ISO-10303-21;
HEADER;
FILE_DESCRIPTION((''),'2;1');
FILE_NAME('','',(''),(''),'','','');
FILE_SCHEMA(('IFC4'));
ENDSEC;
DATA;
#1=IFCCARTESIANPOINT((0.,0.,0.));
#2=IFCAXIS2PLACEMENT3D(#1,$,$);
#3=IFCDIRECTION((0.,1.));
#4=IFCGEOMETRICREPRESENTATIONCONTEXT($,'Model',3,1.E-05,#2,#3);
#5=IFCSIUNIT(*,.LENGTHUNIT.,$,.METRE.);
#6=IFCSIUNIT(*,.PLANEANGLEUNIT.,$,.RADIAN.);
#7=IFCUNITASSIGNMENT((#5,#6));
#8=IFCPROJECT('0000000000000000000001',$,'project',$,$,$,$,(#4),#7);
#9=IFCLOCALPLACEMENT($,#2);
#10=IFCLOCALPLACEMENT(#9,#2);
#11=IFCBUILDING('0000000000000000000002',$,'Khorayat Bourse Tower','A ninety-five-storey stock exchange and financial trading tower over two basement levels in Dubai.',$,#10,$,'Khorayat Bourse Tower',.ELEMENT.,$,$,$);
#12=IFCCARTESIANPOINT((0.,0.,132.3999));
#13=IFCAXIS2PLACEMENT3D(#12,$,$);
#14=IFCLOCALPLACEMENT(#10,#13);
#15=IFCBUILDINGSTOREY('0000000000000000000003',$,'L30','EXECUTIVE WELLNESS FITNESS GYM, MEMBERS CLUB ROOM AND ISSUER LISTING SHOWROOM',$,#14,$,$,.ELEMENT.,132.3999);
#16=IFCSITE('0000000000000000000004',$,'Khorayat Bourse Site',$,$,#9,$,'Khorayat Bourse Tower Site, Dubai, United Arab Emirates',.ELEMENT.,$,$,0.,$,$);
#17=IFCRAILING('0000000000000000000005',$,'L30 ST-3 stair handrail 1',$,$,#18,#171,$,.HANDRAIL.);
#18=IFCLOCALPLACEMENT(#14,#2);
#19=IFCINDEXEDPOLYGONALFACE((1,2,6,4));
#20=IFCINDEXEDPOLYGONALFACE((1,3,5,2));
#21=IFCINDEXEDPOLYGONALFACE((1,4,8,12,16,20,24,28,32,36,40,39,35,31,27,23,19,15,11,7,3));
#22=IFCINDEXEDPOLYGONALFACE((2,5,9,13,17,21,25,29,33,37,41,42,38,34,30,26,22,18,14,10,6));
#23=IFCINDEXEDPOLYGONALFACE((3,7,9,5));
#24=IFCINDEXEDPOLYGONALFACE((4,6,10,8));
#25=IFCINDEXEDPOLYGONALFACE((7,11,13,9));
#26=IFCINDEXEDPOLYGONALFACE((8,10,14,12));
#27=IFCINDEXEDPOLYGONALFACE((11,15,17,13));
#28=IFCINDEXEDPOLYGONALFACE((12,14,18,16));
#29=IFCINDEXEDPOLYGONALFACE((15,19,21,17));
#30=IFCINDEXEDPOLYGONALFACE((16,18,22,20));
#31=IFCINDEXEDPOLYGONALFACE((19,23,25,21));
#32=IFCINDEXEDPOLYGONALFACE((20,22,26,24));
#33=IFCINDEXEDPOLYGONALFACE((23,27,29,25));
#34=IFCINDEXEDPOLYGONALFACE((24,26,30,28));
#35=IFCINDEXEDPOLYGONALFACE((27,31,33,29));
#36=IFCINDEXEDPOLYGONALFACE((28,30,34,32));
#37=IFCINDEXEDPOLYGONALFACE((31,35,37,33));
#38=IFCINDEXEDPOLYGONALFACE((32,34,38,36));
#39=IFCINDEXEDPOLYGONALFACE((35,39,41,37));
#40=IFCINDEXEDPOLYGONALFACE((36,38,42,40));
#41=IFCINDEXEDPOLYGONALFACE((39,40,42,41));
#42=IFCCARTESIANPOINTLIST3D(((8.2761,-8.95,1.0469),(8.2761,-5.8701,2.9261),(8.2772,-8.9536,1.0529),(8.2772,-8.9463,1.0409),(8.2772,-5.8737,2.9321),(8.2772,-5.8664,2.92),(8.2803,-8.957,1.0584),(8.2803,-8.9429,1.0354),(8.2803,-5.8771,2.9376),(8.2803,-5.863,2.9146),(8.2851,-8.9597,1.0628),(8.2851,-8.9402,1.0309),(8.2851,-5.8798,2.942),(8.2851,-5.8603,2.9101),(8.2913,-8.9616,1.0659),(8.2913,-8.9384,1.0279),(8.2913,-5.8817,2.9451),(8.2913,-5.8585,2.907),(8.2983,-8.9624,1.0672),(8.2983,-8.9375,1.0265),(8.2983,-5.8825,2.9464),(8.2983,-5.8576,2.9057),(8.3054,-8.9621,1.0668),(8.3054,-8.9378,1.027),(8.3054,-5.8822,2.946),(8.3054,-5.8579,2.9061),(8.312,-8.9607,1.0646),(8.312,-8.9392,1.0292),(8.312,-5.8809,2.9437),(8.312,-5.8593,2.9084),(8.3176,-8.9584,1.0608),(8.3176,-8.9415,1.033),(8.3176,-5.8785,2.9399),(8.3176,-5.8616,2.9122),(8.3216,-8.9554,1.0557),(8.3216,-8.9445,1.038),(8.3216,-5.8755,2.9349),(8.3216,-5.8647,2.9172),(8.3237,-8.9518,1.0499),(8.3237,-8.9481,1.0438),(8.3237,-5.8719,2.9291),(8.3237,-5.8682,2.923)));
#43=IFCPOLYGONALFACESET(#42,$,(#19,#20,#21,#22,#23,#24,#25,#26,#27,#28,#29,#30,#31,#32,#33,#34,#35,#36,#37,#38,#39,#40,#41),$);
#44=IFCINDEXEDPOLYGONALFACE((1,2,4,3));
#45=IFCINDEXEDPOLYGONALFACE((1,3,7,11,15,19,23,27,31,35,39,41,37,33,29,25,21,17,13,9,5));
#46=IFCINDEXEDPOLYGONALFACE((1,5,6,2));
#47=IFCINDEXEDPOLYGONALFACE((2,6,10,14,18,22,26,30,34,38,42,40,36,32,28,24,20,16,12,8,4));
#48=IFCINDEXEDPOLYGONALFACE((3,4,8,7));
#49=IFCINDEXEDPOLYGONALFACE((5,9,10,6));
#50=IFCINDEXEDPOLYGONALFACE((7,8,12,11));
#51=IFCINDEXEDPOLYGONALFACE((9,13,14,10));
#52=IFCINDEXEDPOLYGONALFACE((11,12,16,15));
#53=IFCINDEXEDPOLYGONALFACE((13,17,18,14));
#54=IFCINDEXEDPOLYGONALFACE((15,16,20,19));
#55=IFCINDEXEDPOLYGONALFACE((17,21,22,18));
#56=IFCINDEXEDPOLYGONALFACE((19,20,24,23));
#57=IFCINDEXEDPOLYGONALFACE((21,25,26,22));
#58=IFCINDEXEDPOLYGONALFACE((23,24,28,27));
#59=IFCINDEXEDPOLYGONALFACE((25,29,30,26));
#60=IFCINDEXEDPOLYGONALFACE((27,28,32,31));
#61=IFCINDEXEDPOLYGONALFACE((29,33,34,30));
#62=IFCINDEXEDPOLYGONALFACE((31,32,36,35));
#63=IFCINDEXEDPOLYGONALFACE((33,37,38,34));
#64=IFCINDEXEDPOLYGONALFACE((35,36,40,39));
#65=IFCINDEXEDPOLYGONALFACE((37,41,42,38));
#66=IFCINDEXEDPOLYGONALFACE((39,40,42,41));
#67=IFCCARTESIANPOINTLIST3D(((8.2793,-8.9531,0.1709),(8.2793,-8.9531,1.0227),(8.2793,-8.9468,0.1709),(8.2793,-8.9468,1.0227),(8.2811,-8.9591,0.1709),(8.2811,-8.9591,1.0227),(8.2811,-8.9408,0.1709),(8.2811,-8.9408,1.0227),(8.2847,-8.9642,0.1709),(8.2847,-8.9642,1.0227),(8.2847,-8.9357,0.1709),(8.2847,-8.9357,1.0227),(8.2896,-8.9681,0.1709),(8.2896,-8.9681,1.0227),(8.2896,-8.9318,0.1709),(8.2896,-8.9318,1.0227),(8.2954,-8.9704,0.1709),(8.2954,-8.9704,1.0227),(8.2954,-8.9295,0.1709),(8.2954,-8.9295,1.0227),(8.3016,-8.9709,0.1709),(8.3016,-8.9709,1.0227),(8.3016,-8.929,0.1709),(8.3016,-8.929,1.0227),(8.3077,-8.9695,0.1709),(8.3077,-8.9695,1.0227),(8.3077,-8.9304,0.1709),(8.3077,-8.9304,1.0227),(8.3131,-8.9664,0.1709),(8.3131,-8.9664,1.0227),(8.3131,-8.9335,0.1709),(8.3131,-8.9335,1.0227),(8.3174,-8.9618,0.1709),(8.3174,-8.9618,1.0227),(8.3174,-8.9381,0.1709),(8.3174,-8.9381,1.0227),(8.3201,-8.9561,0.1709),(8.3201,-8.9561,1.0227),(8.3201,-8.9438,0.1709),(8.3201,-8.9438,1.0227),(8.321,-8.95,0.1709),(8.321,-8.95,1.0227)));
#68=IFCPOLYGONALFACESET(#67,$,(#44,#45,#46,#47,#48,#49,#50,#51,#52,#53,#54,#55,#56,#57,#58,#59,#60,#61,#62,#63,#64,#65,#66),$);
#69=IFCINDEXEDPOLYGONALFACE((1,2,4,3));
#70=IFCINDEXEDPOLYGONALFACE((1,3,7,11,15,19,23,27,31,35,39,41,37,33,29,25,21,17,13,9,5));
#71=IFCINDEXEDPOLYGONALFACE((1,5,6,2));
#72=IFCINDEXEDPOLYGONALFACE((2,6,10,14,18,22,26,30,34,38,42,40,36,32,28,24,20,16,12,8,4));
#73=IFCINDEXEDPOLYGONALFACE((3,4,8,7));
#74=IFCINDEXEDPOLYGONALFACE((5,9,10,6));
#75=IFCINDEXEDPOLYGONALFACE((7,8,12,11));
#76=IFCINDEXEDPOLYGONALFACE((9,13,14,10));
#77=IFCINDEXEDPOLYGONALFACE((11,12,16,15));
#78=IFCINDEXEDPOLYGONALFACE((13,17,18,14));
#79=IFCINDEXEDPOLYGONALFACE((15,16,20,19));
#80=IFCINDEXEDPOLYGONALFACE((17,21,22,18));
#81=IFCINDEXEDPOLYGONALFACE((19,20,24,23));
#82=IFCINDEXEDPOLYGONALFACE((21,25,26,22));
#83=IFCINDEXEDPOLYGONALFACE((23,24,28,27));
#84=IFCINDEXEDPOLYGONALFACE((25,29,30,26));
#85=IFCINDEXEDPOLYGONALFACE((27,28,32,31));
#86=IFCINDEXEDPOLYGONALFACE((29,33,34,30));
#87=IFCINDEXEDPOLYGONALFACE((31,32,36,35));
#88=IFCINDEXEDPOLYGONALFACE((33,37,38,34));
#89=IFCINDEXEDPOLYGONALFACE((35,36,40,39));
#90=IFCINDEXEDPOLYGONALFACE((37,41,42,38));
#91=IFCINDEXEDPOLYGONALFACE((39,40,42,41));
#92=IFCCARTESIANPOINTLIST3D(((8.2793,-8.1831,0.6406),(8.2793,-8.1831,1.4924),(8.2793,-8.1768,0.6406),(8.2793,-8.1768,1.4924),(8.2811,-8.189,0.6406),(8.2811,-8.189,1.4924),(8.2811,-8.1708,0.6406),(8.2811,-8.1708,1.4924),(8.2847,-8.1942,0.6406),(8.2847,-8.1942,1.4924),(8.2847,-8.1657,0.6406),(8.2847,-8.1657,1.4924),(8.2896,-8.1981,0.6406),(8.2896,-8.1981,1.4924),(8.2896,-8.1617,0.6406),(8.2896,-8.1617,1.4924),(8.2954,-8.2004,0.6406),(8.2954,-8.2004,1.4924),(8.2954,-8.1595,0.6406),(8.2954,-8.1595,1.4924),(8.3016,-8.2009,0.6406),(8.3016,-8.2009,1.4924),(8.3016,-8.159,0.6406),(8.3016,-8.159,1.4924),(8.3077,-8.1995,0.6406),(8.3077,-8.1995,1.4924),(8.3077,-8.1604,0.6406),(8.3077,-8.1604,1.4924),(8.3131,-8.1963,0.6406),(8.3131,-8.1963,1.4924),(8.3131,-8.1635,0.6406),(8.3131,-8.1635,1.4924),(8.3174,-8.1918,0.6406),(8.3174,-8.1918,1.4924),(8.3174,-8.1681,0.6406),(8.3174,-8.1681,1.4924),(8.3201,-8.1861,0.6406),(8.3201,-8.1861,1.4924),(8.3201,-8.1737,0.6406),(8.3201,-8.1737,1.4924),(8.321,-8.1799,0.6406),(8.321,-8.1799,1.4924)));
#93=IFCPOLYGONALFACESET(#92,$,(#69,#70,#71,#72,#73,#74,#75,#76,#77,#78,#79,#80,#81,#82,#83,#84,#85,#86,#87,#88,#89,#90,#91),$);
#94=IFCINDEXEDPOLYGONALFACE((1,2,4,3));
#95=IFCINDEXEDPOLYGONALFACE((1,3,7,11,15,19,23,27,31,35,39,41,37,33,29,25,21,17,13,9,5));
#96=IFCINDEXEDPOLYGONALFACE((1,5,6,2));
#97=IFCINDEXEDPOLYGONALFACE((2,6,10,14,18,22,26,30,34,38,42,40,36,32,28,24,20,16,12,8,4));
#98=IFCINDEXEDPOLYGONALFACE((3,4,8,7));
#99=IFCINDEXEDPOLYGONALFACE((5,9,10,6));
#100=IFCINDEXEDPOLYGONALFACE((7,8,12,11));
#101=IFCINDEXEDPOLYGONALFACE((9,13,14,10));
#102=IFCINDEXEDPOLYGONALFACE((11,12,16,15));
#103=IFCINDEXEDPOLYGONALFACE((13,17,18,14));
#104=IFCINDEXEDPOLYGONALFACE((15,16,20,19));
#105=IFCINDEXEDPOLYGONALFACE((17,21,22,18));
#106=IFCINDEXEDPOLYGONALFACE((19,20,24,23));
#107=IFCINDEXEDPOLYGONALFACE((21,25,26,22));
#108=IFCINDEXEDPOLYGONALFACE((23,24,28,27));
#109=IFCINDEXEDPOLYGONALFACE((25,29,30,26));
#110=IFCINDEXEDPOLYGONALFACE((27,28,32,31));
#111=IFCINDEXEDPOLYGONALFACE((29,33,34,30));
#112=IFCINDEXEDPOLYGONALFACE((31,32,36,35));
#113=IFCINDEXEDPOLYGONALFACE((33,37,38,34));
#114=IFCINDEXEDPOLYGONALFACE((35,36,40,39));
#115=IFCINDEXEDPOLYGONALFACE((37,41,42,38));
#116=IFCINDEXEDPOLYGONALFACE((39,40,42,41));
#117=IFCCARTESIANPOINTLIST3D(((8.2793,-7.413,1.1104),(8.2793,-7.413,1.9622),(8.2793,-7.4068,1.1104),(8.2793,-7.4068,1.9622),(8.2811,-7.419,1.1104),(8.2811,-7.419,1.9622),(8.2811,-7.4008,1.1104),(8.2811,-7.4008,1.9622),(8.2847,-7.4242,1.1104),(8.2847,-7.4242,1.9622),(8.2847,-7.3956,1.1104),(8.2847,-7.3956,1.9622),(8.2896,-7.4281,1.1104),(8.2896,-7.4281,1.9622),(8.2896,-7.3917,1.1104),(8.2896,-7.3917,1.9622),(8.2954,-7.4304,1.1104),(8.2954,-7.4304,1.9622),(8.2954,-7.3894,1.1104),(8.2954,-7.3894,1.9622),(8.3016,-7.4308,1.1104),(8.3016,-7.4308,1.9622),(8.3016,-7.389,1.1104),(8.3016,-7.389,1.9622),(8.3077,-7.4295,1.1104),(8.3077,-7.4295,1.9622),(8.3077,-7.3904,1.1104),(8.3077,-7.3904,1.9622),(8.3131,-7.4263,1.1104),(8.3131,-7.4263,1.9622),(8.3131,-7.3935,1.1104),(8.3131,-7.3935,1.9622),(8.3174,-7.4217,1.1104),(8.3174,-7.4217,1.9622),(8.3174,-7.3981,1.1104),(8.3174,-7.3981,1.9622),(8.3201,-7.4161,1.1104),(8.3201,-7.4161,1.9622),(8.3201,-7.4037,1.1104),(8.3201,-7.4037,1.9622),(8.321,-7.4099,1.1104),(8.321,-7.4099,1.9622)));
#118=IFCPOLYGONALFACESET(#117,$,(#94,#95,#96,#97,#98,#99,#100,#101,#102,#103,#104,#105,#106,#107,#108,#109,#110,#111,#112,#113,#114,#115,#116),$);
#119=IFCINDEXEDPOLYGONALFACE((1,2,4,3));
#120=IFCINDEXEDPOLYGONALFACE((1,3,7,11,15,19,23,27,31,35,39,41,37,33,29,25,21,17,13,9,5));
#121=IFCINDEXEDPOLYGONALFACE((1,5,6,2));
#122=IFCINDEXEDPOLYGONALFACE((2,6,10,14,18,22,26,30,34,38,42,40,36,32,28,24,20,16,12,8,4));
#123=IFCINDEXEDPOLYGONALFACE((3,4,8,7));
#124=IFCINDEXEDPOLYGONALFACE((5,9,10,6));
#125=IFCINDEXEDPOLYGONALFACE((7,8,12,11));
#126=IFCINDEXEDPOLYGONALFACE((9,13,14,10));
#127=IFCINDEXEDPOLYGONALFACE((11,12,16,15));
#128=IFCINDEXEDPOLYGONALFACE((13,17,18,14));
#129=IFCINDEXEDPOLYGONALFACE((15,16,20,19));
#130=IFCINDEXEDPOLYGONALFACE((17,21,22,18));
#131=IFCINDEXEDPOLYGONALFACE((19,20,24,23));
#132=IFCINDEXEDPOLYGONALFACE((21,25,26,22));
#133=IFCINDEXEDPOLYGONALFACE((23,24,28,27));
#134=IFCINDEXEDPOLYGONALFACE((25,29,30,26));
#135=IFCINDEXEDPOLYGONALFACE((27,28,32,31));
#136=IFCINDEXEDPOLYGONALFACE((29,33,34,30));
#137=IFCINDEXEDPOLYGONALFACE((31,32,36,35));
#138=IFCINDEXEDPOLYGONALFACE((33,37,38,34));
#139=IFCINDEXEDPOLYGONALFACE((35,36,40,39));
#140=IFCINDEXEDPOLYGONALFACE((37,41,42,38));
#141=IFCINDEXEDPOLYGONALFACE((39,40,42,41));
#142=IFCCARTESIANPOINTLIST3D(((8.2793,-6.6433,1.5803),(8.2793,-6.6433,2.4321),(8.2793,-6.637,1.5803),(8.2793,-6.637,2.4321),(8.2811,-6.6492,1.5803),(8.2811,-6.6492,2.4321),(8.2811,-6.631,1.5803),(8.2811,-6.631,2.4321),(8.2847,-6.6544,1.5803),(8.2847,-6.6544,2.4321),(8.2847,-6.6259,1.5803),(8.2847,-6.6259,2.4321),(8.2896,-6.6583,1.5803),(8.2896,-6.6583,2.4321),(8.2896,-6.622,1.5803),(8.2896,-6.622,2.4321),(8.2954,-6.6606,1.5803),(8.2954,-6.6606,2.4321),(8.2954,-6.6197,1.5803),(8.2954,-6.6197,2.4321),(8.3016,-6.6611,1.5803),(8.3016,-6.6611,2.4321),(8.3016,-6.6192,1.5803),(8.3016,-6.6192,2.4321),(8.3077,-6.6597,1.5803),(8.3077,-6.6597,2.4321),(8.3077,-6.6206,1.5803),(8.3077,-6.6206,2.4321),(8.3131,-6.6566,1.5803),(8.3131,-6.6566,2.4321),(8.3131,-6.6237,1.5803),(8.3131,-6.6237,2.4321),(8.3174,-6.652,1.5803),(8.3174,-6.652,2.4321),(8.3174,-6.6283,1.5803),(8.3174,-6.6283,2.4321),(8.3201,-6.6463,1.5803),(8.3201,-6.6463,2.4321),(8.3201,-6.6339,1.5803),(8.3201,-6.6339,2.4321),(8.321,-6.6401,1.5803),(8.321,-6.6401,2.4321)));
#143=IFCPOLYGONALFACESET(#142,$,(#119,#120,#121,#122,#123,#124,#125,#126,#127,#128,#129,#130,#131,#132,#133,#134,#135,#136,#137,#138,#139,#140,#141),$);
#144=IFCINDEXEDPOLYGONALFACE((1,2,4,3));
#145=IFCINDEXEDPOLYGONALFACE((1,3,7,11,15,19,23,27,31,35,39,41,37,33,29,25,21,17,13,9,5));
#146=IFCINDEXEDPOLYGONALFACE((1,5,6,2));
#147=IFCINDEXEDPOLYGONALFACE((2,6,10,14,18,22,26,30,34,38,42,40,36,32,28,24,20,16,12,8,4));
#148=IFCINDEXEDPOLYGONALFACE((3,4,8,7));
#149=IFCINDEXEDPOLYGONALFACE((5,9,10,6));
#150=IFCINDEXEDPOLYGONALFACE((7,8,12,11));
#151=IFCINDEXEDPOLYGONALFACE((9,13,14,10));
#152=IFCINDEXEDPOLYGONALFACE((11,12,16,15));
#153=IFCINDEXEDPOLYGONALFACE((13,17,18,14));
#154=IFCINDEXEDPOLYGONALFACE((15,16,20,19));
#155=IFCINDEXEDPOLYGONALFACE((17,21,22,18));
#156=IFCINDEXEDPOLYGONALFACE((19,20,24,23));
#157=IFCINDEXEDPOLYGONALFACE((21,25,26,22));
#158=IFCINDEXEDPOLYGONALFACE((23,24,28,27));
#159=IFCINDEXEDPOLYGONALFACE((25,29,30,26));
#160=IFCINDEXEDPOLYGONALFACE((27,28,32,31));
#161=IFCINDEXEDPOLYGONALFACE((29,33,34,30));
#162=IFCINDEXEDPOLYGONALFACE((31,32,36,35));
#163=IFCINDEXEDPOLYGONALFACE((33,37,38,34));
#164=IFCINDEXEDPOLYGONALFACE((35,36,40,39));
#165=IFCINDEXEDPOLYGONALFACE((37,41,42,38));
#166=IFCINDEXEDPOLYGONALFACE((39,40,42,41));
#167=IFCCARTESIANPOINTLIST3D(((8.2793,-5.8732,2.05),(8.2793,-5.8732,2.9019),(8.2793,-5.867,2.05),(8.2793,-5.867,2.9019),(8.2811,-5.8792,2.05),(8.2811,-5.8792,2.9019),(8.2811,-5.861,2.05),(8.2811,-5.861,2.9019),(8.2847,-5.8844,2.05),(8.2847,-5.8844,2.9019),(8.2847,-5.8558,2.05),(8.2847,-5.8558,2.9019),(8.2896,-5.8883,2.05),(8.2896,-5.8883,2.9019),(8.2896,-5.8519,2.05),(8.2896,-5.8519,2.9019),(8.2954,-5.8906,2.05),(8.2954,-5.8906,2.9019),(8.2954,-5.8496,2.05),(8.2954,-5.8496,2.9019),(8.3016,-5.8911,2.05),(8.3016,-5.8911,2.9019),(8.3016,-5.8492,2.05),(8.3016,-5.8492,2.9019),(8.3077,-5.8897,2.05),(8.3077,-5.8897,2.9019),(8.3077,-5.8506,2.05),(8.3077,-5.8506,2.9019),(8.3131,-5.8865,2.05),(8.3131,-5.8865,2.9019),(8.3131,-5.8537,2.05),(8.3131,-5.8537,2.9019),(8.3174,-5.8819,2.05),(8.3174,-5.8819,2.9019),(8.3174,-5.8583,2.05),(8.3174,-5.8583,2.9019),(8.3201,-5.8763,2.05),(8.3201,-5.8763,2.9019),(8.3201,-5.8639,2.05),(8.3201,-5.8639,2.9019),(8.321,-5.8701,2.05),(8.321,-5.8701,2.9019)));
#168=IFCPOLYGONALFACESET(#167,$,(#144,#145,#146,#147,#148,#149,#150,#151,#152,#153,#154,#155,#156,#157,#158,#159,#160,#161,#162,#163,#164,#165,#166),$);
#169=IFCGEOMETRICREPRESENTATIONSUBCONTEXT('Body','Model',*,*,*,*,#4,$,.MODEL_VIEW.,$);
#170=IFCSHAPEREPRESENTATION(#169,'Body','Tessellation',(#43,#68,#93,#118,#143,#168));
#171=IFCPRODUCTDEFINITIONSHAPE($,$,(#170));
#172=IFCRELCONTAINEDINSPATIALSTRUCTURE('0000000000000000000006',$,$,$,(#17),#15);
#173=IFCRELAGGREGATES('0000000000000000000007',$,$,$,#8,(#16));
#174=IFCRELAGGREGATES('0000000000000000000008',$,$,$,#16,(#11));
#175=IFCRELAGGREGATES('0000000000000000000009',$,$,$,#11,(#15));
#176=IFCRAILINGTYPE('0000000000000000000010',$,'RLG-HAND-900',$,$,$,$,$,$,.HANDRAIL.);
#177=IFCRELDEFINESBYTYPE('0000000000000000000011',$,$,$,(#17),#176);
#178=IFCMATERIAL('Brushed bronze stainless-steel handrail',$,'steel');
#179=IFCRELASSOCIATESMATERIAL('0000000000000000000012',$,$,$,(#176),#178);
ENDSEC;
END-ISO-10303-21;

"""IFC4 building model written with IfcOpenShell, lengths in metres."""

from ifc_helpers import new_model, si_unit, direction, frame, origin, origin_2d, place, context, subcontext, project, spatial, circle, extrude, source, transform, mapped, material, type_object, element, save


model = new_model("IFC4")

# Units and contexts
model_context = context("Model", 3, precision=1e-05, world=origin(), true_north=direction((0.0, 1.0)))
body_context = subcontext(model_context, "Body", "Model", "MODEL_VIEW")
ifc_project = project(units=[si_unit("LENGTHUNIT", "METRE"), si_unit("PLANEANGLEUNIT", "RADIAN")], contexts=[model_context])

# Site, building, storey
site_placement = place(None, origin())
site = spatial("IfcSite", under=ifc_project, at=site_placement, Name="Khorayat Bourse Site", LongName="Khorayat Bourse Tower Site, Dubai, United Arab Emirates", CompositionType="ELEMENT", RefElevation=0.0)
building_placement = place(site_placement, origin())
building = spatial("IfcBuilding", under=site, at=building_placement, Name="Khorayat Bourse Tower", Description="A ninety-five-storey stock exchange and financial trading tower over two basement levels in Dubai.", LongName="Khorayat Bourse Tower", CompositionType="ELEMENT")
storey_placement = place(building_placement, frame((0.0, 0.0, 132.3999)))
storey = spatial("IfcBuildingStorey", under=building, at=storey_placement, Name="L30", Description="EXECUTIVE WELLNESS FITNESS GYM, MEMBERS CLUB ROOM AND ISSUER LISTING SHOWROOM", CompositionType="ELEMENT", Elevation=132.3999)

# Railing
ifc_material_1 = material(Name="Brushed bronze stainless-steel handrail", Category="steel")
railing_type_1 = type_object("IfcRailingType", Name="RLG-HAND-900", PredefinedType="HANDRAIL", material=ifc_material_1)
shared_shape_1 = source(origin(), body_context, "Body", "SweptSolid", [
    extrude(circle(Radius=0.0239, at=origin_2d()), frame((0.0, 0.0, 0.876), z_axis=(0.0, 0.853648, 0.52085), x_axis=(-1.0, 0.0, 0.0)), (0.0, 0.0, 1.0), 3.6079),
    extrude(circle(Radius=0.021, at=origin_2d()), origin(), (0.0, 0.0, 1.0), 0.8518),
    extrude(circle(Radius=0.021, at=origin_2d()), frame((0.0, 0.77, 0.4697)), (0.0, 0.0, 1.0), 0.8518),
    extrude(circle(Radius=0.021, at=origin_2d()), frame((0.0, 1.54, 0.9395)), (0.0, 0.0, 1.0), 0.8518),
    extrude(circle(Radius=0.021, at=origin_2d()), frame((0.0, 2.3098, 1.4094)), (0.0, 0.0, 1.0), 0.8518),
    extrude(circle(Radius=0.021, at=origin_2d()), frame((0.0, 3.0798, 1.8792)), (0.0, 0.0, 1.0), 0.8518),
])
railing_1_placement = place(storey_placement, frame((8.3, -8.95, 0.1709)))
element("IfcRailing", 1, at=railing_1_placement, inside=storey, type_object=railing_type_1, Name="L30 ST-3 stair handrail 1", PredefinedType="HANDRAIL", context=body_context, shape_type="MappedRepresentation", body=[
    mapped(shared_shape_1, transform((0.0, 0.0, 0.0), scale=1.0)),
])

save(model, "model.ifc")
